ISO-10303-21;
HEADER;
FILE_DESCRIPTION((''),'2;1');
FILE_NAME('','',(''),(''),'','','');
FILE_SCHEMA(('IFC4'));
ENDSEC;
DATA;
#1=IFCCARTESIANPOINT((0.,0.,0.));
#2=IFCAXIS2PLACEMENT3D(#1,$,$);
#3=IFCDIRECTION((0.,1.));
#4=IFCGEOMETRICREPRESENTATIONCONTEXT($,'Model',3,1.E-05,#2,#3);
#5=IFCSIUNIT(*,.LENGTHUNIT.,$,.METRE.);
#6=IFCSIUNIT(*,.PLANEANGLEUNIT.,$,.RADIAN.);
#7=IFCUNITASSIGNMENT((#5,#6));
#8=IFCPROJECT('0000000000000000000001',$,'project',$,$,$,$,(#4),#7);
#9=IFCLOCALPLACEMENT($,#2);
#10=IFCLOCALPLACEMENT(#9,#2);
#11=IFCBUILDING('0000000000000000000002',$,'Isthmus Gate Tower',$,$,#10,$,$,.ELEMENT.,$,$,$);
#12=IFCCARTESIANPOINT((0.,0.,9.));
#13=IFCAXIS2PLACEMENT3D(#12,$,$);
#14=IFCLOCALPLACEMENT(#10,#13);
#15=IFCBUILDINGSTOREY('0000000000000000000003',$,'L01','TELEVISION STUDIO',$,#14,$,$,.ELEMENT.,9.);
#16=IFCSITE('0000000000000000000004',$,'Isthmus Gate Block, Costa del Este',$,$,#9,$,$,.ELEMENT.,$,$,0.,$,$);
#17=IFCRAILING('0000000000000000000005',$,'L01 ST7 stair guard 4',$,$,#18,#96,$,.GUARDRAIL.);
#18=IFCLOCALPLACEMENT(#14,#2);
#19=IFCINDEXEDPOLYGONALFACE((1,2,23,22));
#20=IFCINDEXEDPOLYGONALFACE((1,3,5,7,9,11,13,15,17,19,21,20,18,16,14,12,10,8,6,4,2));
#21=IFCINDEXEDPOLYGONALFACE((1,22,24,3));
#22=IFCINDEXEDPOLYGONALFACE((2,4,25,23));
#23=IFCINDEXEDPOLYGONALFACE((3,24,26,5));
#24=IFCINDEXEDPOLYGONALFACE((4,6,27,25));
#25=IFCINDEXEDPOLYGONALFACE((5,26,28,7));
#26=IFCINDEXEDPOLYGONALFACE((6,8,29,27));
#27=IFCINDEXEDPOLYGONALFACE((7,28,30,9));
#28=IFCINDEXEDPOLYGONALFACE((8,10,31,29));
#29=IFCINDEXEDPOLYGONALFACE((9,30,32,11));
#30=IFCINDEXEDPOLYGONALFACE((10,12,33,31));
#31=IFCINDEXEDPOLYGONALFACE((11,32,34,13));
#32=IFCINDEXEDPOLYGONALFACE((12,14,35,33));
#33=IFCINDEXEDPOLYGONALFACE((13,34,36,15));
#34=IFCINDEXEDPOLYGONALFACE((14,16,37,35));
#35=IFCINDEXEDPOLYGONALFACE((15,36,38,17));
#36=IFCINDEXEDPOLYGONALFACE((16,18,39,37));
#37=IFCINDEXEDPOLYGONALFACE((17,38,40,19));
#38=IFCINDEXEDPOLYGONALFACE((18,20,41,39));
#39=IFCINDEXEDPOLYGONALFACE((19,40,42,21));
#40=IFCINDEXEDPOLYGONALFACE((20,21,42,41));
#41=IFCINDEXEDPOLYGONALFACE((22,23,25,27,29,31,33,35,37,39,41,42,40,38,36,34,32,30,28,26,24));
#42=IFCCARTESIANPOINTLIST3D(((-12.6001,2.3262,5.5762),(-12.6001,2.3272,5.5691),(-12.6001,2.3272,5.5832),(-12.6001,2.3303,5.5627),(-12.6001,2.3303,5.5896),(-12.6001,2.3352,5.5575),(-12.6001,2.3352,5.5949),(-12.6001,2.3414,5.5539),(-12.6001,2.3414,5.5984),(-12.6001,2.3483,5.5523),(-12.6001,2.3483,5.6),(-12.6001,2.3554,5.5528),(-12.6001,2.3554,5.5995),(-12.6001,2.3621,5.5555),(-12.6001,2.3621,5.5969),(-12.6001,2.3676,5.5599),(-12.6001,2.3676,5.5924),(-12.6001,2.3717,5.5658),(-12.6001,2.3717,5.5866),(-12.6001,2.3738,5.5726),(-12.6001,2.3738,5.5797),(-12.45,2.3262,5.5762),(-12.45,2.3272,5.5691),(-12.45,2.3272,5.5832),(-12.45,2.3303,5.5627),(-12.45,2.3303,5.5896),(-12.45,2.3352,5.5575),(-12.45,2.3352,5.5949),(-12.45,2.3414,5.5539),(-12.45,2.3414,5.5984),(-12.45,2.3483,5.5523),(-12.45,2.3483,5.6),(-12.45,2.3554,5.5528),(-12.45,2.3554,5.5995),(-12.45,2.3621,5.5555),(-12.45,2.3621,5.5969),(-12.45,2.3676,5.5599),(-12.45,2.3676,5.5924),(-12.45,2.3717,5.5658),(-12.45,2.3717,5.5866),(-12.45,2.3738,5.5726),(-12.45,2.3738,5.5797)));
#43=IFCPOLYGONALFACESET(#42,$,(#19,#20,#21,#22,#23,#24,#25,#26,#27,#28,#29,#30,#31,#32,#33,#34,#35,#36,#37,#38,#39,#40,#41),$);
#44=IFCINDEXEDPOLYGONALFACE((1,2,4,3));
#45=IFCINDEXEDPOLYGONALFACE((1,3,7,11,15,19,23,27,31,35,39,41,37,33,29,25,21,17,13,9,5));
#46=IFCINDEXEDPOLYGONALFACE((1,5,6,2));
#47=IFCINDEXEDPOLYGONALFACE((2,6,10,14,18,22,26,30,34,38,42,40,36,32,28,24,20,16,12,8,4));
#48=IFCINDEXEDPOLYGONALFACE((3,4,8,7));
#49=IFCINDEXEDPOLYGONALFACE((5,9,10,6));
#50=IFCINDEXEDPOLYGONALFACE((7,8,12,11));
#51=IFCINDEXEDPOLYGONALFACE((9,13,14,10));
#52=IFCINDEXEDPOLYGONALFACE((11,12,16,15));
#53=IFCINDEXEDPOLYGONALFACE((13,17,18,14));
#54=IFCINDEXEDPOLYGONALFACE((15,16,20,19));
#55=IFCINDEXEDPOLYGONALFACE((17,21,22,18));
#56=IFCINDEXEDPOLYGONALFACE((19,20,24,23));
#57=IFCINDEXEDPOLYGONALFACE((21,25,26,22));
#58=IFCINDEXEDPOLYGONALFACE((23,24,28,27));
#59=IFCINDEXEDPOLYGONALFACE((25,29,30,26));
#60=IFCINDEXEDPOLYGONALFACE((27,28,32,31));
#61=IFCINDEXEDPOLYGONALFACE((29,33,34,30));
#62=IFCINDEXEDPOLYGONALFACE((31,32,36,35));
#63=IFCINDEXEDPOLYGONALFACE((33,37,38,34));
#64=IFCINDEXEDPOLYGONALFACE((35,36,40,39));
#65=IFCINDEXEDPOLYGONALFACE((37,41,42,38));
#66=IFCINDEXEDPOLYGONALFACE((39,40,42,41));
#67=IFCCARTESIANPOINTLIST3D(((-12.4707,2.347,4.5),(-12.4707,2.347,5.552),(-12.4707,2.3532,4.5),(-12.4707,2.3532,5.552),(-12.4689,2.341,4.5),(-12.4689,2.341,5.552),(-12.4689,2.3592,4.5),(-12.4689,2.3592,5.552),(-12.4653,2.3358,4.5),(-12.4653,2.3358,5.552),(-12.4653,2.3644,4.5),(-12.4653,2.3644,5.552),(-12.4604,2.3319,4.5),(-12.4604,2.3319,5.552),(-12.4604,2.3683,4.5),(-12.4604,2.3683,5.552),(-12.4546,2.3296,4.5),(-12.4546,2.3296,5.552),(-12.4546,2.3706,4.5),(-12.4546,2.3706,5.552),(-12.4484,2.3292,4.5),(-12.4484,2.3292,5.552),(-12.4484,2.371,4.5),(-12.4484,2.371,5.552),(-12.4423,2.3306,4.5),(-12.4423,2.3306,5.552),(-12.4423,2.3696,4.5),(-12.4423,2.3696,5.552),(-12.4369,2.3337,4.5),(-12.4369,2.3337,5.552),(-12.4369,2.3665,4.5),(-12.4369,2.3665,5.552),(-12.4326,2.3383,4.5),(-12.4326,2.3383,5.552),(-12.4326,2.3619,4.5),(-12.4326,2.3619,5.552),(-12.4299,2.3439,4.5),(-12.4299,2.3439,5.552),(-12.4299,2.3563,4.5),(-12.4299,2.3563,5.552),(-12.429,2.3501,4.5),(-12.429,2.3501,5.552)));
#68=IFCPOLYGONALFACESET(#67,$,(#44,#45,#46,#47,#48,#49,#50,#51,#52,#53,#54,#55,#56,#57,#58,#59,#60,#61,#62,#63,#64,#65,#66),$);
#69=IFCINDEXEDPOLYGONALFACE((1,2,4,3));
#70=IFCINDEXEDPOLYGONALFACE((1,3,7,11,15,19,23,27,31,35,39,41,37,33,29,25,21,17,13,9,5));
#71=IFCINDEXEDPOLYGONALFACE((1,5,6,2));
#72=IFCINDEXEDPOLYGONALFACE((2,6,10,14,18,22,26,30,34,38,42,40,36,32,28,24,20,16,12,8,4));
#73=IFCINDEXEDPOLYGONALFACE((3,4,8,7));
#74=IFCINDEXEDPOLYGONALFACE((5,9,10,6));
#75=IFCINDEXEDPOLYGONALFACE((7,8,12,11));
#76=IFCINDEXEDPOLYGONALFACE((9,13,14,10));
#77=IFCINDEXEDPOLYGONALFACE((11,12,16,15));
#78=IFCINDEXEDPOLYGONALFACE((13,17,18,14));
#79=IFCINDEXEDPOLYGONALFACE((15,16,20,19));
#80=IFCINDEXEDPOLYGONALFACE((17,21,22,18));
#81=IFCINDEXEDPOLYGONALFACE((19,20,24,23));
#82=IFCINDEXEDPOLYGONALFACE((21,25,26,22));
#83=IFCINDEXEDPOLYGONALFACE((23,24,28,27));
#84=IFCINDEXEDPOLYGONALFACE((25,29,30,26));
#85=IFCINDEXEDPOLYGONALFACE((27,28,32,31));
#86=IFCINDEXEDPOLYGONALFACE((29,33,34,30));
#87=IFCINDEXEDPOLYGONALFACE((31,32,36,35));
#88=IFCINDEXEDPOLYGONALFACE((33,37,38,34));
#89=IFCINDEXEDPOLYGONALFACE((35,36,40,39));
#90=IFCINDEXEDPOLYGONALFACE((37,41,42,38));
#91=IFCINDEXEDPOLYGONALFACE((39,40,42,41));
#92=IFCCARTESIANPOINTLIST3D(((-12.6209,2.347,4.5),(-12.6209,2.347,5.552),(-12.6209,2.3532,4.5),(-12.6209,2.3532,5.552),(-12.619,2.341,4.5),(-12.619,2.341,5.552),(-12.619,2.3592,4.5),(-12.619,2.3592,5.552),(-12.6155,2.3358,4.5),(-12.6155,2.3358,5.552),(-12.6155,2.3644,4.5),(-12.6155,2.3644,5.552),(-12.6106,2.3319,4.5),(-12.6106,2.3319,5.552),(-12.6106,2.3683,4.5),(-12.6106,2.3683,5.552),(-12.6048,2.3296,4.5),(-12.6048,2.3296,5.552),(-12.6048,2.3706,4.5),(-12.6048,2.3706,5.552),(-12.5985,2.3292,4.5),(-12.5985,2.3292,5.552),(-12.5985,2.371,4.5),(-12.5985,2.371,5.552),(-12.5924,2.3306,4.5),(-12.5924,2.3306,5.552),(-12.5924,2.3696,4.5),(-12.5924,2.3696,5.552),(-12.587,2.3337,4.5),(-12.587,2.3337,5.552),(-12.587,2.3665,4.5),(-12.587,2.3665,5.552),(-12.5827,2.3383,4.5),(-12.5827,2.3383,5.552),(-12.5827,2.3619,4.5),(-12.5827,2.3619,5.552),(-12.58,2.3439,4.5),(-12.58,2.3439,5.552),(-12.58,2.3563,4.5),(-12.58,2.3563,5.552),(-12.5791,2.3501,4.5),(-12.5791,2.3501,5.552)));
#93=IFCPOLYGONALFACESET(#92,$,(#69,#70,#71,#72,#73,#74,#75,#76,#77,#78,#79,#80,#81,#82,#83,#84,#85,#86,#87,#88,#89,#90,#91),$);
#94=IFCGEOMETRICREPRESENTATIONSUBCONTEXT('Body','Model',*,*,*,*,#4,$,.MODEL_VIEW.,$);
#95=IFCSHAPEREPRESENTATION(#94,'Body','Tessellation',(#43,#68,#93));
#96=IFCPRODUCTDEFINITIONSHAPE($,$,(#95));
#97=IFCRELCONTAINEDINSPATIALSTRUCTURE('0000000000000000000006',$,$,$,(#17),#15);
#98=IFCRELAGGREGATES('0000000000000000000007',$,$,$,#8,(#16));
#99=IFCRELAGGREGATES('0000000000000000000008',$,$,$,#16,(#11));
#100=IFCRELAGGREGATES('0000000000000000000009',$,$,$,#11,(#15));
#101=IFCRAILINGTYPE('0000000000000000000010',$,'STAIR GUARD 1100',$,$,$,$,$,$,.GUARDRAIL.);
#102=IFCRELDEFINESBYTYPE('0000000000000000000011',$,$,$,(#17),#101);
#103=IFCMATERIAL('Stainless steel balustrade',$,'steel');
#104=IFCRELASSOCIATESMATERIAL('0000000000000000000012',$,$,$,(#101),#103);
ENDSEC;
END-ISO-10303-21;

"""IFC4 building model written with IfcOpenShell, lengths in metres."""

from ifc_helpers import new_model, si_unit, direction, frame, origin, origin_2d, place, context, subcontext, project, spatial, circle, extrude, material, type_object, element, save


model = new_model("IFC4")

# Units and contexts
model_context = context("Model", 3, precision=1e-05, world=origin(), true_north=direction((0.0, 1.0)))
body_context = subcontext(model_context, "Body", "Model", "MODEL_VIEW")
ifc_project = project(units=[si_unit("LENGTHUNIT", "METRE"), si_unit("PLANEANGLEUNIT", "RADIAN")], contexts=[model_context])

# Site, building, storey
site_placement = place(None, origin())
site = spatial("IfcSite", under=ifc_project, at=site_placement, Name="Isthmus Gate Block, Costa del Este", CompositionType="ELEMENT", RefElevation=0.0)
building_placement = place(site_placement, origin())
building = spatial("IfcBuilding", under=site, at=building_placement, Name="Isthmus Gate Tower", CompositionType="ELEMENT")
storey_placement = place(building_placement, frame((0.0, 0.0, 9.0)))
storey = spatial("IfcBuildingStorey", under=building, at=storey_placement, Name="L01", Description="TELEVISION STUDIO", CompositionType="ELEMENT", Elevation=9.0)

# Railing
ifc_material_1 = material(Name="Stainless steel balustrade", Category="steel")
railing_type_1 = type_object("IfcRailingType", Name="STAIR GUARD 1100", PredefinedType="GUARDRAIL", material=ifc_material_1)
railing_1_placement = place(storey_placement, frame((-12.45, 2.3501, 4.5)))
element("IfcRailing", 1, at=railing_1_placement, inside=storey, type_object=railing_type_1, Name="L01 ST7 stair guard 4", PredefinedType="GUARDRAIL", context=body_context, shape_type="SweptSolid", body=[
    extrude(circle(Radius=0.0239, at=origin_2d()), frame((0.0, 0.0, 1.0762), z_axis=(-1.0, 0.0, 0.0), x_axis=(0.0, -1.0, 0.0)), (0.0, 0.0, 1.0), 0.1501),
    extrude(circle(Radius=0.021, at=origin_2d()), origin(), (0.0, 0.0, 1.0), 1.052),
    extrude(circle(Radius=0.021, at=origin_2d()), frame((-0.1501, 0.0, 0.0)), (0.0, 0.0, 1.0), 1.052),
])

save(model, "model.ifc")
